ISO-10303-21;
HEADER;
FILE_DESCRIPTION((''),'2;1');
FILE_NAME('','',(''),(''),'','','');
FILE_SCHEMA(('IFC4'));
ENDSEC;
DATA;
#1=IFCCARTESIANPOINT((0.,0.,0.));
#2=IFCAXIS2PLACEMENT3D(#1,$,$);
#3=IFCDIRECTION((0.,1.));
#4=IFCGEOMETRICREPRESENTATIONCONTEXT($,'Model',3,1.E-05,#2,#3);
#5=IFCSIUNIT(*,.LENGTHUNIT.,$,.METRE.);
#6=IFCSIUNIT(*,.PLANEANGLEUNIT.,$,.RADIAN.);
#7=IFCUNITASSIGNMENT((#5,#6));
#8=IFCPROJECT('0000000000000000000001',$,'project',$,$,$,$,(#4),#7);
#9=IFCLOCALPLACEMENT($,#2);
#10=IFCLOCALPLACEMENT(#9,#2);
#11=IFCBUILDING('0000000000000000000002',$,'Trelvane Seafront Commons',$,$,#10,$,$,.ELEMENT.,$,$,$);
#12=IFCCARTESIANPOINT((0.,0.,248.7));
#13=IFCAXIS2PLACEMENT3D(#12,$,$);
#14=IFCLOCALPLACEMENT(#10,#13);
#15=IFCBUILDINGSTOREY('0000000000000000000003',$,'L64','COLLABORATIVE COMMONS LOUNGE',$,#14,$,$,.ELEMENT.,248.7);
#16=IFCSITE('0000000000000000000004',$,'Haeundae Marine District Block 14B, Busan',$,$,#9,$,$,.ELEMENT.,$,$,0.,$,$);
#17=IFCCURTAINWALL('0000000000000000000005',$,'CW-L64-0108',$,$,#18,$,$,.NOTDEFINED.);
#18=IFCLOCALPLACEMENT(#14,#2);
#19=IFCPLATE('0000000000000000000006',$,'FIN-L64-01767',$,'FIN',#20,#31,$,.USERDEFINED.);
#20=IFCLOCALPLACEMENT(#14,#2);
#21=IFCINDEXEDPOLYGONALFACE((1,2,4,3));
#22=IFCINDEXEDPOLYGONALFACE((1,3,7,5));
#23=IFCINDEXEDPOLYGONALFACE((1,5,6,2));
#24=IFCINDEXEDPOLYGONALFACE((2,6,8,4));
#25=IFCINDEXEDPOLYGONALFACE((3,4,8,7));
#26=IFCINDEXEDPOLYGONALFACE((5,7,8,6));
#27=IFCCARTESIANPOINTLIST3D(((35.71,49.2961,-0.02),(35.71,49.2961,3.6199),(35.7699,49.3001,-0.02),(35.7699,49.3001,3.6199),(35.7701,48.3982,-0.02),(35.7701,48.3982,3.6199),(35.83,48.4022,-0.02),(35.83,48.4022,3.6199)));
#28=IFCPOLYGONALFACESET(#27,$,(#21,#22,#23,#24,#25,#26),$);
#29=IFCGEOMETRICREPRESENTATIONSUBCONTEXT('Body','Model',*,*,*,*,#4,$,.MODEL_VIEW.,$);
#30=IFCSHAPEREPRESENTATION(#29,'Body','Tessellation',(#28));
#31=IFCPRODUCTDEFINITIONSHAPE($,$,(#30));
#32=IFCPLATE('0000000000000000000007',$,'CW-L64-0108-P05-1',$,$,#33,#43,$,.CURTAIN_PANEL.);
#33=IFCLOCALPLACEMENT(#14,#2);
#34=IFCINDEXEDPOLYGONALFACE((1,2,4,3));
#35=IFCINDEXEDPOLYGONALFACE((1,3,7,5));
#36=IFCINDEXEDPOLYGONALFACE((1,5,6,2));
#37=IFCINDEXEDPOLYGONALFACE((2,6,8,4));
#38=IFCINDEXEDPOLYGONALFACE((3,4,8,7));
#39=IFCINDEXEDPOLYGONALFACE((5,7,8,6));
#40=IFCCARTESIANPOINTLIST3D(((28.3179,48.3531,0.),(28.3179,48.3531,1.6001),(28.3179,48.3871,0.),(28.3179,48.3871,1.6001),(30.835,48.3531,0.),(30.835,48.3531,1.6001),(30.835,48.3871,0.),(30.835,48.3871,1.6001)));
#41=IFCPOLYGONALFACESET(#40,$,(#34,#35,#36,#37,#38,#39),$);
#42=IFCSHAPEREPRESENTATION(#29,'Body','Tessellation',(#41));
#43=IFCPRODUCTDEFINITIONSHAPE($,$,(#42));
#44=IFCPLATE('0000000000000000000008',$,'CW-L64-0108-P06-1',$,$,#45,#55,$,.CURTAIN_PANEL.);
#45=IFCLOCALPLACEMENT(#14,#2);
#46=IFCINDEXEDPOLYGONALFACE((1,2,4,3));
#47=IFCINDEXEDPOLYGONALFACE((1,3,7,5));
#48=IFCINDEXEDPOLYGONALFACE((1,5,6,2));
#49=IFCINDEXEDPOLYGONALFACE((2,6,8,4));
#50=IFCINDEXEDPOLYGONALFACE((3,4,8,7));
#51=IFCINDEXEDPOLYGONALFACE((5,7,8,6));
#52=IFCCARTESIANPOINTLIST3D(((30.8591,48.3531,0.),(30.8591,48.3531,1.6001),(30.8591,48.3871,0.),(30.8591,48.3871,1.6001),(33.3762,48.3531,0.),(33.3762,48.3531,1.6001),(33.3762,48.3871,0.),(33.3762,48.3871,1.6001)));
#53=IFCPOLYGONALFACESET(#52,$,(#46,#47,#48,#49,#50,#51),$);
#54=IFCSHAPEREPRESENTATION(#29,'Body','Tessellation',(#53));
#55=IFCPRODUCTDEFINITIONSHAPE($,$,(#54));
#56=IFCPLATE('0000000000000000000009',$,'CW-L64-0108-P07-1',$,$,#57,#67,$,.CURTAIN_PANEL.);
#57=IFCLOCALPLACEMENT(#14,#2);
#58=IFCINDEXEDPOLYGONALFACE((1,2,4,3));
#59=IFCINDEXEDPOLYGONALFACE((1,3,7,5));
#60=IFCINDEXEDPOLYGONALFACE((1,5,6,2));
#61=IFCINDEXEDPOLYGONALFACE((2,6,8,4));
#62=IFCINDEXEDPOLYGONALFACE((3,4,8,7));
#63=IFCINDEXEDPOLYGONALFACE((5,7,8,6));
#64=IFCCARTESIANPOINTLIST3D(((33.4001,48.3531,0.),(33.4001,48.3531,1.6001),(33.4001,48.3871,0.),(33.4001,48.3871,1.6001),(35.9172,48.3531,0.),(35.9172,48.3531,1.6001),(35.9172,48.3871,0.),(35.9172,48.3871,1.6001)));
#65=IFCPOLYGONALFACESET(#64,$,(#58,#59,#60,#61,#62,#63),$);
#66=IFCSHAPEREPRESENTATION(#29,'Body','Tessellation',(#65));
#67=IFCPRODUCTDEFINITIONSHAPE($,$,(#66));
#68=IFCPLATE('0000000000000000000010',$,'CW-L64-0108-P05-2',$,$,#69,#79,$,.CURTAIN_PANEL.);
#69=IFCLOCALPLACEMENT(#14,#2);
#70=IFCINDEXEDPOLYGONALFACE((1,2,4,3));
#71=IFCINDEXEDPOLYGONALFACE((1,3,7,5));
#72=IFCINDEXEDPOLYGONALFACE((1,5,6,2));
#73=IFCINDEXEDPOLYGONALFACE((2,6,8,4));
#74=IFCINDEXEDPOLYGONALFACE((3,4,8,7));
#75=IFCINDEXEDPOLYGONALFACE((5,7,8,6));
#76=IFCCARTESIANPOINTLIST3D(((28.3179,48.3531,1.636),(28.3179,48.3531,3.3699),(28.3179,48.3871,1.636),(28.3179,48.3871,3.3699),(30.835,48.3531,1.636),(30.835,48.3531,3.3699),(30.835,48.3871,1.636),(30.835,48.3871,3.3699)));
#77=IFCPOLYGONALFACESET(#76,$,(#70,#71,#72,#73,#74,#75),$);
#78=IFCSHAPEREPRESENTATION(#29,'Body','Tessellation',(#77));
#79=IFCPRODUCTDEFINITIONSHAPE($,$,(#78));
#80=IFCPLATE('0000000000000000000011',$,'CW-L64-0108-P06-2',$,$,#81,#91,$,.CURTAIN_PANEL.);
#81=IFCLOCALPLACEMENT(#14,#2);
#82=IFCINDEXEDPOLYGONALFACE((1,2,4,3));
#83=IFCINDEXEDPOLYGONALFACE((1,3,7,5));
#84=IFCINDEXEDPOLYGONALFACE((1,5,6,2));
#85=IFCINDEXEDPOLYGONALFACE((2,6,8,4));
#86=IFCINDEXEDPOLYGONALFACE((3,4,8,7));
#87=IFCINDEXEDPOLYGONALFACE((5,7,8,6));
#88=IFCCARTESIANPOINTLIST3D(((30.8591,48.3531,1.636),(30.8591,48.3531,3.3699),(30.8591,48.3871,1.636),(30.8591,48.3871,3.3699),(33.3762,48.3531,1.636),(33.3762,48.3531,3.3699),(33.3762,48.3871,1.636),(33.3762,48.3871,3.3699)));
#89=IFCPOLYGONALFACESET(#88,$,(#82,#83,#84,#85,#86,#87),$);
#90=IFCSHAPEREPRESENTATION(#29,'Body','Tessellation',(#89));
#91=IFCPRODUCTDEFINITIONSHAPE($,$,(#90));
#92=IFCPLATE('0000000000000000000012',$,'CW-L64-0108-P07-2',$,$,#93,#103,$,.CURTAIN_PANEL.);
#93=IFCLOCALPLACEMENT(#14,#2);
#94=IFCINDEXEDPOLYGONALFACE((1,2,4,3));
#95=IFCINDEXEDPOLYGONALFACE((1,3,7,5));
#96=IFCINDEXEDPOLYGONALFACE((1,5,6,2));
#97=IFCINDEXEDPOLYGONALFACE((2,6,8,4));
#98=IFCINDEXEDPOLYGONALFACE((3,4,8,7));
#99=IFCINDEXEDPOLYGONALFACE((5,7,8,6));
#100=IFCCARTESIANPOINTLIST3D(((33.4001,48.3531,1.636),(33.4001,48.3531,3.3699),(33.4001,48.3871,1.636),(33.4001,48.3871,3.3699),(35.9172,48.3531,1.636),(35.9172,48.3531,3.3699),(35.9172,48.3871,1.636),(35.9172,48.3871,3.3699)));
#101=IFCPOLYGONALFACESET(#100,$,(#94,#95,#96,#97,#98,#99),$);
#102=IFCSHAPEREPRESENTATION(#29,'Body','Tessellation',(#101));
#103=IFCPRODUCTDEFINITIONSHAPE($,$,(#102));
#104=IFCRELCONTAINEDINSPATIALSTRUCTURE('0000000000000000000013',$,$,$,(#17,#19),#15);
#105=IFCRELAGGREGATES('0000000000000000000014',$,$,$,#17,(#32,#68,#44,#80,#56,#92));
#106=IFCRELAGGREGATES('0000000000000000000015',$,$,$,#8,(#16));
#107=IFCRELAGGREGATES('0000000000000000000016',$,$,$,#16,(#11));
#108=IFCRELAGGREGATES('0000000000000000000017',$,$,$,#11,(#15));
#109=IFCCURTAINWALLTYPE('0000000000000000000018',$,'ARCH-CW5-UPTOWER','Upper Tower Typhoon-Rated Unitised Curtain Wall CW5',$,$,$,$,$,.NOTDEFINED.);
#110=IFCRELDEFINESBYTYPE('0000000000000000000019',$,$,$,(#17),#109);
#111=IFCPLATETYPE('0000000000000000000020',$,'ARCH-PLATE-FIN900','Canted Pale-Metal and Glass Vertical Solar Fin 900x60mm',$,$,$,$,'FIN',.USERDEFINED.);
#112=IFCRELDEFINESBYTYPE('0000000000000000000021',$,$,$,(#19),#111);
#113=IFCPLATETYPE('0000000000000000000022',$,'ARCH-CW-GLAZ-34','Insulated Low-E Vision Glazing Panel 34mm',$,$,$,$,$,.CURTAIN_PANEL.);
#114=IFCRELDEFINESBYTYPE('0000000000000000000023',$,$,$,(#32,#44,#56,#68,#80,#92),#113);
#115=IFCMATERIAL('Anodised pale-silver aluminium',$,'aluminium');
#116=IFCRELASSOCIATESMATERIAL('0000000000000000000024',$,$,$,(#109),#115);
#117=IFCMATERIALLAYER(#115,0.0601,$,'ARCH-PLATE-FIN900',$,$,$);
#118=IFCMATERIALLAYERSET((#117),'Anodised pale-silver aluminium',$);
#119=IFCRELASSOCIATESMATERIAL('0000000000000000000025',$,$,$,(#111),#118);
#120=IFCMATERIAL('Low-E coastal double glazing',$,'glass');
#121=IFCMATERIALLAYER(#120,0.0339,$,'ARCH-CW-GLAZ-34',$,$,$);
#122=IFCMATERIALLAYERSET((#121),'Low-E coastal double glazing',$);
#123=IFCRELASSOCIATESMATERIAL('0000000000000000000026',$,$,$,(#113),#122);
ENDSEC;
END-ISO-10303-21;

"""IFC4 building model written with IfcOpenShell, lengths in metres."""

from ifc_helpers import new_model, si_unit, direction, frame, origin, origin_2d, place, context, subcontext, project, spatial, rectangle, extrude, source, transform, mapped, material, layer, layer_set, type_object, element, aggregate, save


model = new_model("IFC4")

# Units and contexts
model_context = context("Model", 3, precision=1e-05, world=origin(), true_north=direction((0.0, 1.0)))
body_context = subcontext(model_context, "Body", "Model", "MODEL_VIEW")
ifc_project = project(units=[si_unit("LENGTHUNIT", "METRE"), si_unit("PLANEANGLEUNIT", "RADIAN")], contexts=[model_context])

# Site, building, storey
site_placement = place(None, origin())
site = spatial("IfcSite", under=ifc_project, at=site_placement, Name="Haeundae Marine District Block 14B, Busan", CompositionType="ELEMENT", RefElevation=0.0)
building_placement = place(site_placement, origin())
building = spatial("IfcBuilding", under=site, at=building_placement, Name="Trelvane Seafront Commons", CompositionType="ELEMENT")
storey_placement = place(building_placement, frame((0.0, 0.0, 248.7)))
storey = spatial("IfcBuildingStorey", under=building, at=storey_placement, Name="L64", Description="COLLABORATIVE COMMONS LOUNGE", CompositionType="ELEMENT", Elevation=248.7)

# Curtain wall
ifc_material_1 = material(Name="Anodised pale-silver aluminium", Category="aluminium")
curtain_wall_type = type_object("IfcCurtainWallType", Name="ARCH-CW5-UPTOWER", Description="Upper Tower Typhoon-Rated Unitised Curtain Wall CW5", PredefinedType="NOTDEFINED", material=ifc_material_1)
curtain_wall_placement = place(storey_placement, origin())
curtain_wall = element("IfcCurtainWall", 1, at=curtain_wall_placement, inside=storey, type_object=curtain_wall_type, Name="CW-L64-0108", PredefinedType="NOTDEFINED")

# Plate
ifc_layer_1 = layer(ifc_material_1, 0.0601, Name="ARCH-PLATE-FIN900")
ifc_layer_set_1 = layer_set([ifc_layer_1], Name="Anodised pale-silver aluminium")
plate_type_1 = type_object("IfcPlateType", Name="ARCH-PLATE-FIN900", Description="Canted Pale-Metal and Glass Vertical Solar Fin 900x60mm", ElementType="FIN", PredefinedType="USERDEFINED", material=ifc_layer_set_1)
shared_shape_1 = source(origin(), body_context, "Body", "SweptSolid", [
    extrude(rectangle(XDim=0.8999, YDim=0.0601, at=origin_2d()), origin(), (0.0, 0.0, 1.0), 3.6399),
])
for number, where, z_axis, x_axis, name in (
    (2, (35.77, 48.8491, -0.02), (0.0, 0.0, 1.0), (-0.066777, 0.997768, 0.0), "FIN-L64-01767"),
):
    element("IfcPlate", number, at=place(storey_placement, frame(where, z_axis=z_axis, x_axis=x_axis)), inside=storey, type_object=plate_type_1, Name=name, ObjectType="FIN", PredefinedType="USERDEFINED", context=body_context, shape_type="MappedRepresentation", body=[
        mapped(shared_shape_1, transform((0.0, 0.0, 0.0), x_axis=(1.0, 0.0, 0.0), y_axis=(0.0, 1.0, 0.0), z_axis=(0.0, 0.0, 1.0), scale=1.0)),
    ])

# Plates
ifc_material_2 = material(Name="Low-E coastal double glazing", Category="glass")
ifc_layer_2 = layer(ifc_material_2, 0.0339, Name="ARCH-CW-GLAZ-34")
ifc_layer_set_2 = layer_set([ifc_layer_2], Name="Low-E coastal double glazing")
plate_type_2 = type_object("IfcPlateType", Name="ARCH-CW-GLAZ-34", Description="Insulated Low-E Vision Glazing Panel 34mm", PredefinedType="CURTAIN_PANEL", material=ifc_layer_set_2)
shared_shape_2 = source(origin(), body_context, "Body", "SweptSolid", [
    extrude(rectangle(XDim=2.5171, YDim=0.0339, at=origin_2d()), origin(), (0.0, 0.0, 1.0), 1.6001),
])
plate_1_placement = place(storey_placement, frame((29.5764, 48.3701, 0.0), z_axis=(0.0, 0.0, 1.0), x_axis=(1.0, 0.0, 0.0)))
plate_1 = element("IfcPlate", 3, at=plate_1_placement, type_object=plate_type_2, Name="CW-L64-0108-P05-1", PredefinedType="CURTAIN_PANEL", context=body_context, shape_type="MappedRepresentation", body=[
    mapped(shared_shape_2, transform((0.0, 0.0, 0.0), x_axis=(1.0, 0.0, 0.0), y_axis=(0.0, 1.0, 0.0), z_axis=(0.0, 0.0, 1.0), scale=1.0)),
])
plate_2_placement = place(storey_placement, frame((32.1177, 48.3701, 0.0), z_axis=(0.0, 0.0, 1.0), x_axis=(1.0, 0.0, 0.0)))
plate_2 = element("IfcPlate", 4, at=plate_2_placement, type_object=plate_type_2, Name="CW-L64-0108-P06-1", PredefinedType="CURTAIN_PANEL", context=body_context, shape_type="MappedRepresentation", body=[
    mapped(shared_shape_2, transform((0.0, 0.0, 0.0), x_axis=(1.0, 0.0, 0.0), y_axis=(0.0, 1.0, 0.0), z_axis=(0.0, 0.0, 1.0), scale=1.0)),
])
plate_3_placement = place(storey_placement, frame((34.6587, 48.3701, 0.0), z_axis=(0.0, 0.0, 1.0), x_axis=(1.0, 0.0, 0.0)))
plate_3 = element("IfcPlate", 5, at=plate_3_placement, type_object=plate_type_2, Name="CW-L64-0108-P07-1", PredefinedType="CURTAIN_PANEL", context=body_context, shape_type="MappedRepresentation", body=[
    mapped(shared_shape_2, transform((0.0, 0.0, 0.0), x_axis=(1.0, 0.0, 0.0), y_axis=(0.0, 1.0, 0.0), z_axis=(0.0, 0.0, 1.0), scale=1.0)),
])
shared_shape_3 = source(origin(), body_context, "Body", "SweptSolid", [
    extrude(rectangle(XDim=2.5171, YDim=0.0339, at=origin_2d()), origin(), (0.0, 0.0, 1.0), 1.7339),
])
plate_4_placement = place(storey_placement, frame((29.5764, 48.3701, 1.636), z_axis=(0.0, 0.0, 1.0), x_axis=(1.0, 0.0, 0.0)))
plate_4 = element("IfcPlate", 6, at=plate_4_placement, type_object=plate_type_2, Name="CW-L64-0108-P05-2", PredefinedType="CURTAIN_PANEL", context=body_context, shape_type="MappedRepresentation", body=[
    mapped(shared_shape_3, transform((0.0, 0.0, 0.0), x_axis=(1.0, 0.0, 0.0), y_axis=(0.0, 1.0, 0.0), z_axis=(0.0, 0.0, 1.0), scale=1.0)),
])
plate_5_placement = place(storey_placement, frame((32.1177, 48.3701, 1.636), z_axis=(0.0, 0.0, 1.0), x_axis=(1.0, 0.0, 0.0)))
plate_5 = element("IfcPlate", 7, at=plate_5_placement, type_object=plate_type_2, Name="CW-L64-0108-P06-2", PredefinedType="CURTAIN_PANEL", context=body_context, shape_type="MappedRepresentation", body=[
    mapped(shared_shape_3, transform((0.0, 0.0, 0.0), x_axis=(1.0, 0.0, 0.0), y_axis=(0.0, 1.0, 0.0), z_axis=(0.0, 0.0, 1.0), scale=1.0)),
])
plate_6_placement = place(storey_placement, frame((34.6587, 48.3701, 1.636), z_axis=(0.0, 0.0, 1.0), x_axis=(1.0, 0.0, 0.0)))
plate_6 = element("IfcPlate", 8, at=plate_6_placement, type_object=plate_type_2, Name="CW-L64-0108-P07-2", PredefinedType="CURTAIN_PANEL", context=body_context, shape_type="MappedRepresentation", body=[
    mapped(shared_shape_3, transform((0.0, 0.0, 0.0), x_axis=(1.0, 0.0, 0.0), y_axis=(0.0, 1.0, 0.0), z_axis=(0.0, 0.0, 1.0), scale=1.0)),
])
aggregate(curtain_wall, [plate_1, plate_4, plate_2, plate_5, plate_3, plate_6])

save(model, "model.ifc")
